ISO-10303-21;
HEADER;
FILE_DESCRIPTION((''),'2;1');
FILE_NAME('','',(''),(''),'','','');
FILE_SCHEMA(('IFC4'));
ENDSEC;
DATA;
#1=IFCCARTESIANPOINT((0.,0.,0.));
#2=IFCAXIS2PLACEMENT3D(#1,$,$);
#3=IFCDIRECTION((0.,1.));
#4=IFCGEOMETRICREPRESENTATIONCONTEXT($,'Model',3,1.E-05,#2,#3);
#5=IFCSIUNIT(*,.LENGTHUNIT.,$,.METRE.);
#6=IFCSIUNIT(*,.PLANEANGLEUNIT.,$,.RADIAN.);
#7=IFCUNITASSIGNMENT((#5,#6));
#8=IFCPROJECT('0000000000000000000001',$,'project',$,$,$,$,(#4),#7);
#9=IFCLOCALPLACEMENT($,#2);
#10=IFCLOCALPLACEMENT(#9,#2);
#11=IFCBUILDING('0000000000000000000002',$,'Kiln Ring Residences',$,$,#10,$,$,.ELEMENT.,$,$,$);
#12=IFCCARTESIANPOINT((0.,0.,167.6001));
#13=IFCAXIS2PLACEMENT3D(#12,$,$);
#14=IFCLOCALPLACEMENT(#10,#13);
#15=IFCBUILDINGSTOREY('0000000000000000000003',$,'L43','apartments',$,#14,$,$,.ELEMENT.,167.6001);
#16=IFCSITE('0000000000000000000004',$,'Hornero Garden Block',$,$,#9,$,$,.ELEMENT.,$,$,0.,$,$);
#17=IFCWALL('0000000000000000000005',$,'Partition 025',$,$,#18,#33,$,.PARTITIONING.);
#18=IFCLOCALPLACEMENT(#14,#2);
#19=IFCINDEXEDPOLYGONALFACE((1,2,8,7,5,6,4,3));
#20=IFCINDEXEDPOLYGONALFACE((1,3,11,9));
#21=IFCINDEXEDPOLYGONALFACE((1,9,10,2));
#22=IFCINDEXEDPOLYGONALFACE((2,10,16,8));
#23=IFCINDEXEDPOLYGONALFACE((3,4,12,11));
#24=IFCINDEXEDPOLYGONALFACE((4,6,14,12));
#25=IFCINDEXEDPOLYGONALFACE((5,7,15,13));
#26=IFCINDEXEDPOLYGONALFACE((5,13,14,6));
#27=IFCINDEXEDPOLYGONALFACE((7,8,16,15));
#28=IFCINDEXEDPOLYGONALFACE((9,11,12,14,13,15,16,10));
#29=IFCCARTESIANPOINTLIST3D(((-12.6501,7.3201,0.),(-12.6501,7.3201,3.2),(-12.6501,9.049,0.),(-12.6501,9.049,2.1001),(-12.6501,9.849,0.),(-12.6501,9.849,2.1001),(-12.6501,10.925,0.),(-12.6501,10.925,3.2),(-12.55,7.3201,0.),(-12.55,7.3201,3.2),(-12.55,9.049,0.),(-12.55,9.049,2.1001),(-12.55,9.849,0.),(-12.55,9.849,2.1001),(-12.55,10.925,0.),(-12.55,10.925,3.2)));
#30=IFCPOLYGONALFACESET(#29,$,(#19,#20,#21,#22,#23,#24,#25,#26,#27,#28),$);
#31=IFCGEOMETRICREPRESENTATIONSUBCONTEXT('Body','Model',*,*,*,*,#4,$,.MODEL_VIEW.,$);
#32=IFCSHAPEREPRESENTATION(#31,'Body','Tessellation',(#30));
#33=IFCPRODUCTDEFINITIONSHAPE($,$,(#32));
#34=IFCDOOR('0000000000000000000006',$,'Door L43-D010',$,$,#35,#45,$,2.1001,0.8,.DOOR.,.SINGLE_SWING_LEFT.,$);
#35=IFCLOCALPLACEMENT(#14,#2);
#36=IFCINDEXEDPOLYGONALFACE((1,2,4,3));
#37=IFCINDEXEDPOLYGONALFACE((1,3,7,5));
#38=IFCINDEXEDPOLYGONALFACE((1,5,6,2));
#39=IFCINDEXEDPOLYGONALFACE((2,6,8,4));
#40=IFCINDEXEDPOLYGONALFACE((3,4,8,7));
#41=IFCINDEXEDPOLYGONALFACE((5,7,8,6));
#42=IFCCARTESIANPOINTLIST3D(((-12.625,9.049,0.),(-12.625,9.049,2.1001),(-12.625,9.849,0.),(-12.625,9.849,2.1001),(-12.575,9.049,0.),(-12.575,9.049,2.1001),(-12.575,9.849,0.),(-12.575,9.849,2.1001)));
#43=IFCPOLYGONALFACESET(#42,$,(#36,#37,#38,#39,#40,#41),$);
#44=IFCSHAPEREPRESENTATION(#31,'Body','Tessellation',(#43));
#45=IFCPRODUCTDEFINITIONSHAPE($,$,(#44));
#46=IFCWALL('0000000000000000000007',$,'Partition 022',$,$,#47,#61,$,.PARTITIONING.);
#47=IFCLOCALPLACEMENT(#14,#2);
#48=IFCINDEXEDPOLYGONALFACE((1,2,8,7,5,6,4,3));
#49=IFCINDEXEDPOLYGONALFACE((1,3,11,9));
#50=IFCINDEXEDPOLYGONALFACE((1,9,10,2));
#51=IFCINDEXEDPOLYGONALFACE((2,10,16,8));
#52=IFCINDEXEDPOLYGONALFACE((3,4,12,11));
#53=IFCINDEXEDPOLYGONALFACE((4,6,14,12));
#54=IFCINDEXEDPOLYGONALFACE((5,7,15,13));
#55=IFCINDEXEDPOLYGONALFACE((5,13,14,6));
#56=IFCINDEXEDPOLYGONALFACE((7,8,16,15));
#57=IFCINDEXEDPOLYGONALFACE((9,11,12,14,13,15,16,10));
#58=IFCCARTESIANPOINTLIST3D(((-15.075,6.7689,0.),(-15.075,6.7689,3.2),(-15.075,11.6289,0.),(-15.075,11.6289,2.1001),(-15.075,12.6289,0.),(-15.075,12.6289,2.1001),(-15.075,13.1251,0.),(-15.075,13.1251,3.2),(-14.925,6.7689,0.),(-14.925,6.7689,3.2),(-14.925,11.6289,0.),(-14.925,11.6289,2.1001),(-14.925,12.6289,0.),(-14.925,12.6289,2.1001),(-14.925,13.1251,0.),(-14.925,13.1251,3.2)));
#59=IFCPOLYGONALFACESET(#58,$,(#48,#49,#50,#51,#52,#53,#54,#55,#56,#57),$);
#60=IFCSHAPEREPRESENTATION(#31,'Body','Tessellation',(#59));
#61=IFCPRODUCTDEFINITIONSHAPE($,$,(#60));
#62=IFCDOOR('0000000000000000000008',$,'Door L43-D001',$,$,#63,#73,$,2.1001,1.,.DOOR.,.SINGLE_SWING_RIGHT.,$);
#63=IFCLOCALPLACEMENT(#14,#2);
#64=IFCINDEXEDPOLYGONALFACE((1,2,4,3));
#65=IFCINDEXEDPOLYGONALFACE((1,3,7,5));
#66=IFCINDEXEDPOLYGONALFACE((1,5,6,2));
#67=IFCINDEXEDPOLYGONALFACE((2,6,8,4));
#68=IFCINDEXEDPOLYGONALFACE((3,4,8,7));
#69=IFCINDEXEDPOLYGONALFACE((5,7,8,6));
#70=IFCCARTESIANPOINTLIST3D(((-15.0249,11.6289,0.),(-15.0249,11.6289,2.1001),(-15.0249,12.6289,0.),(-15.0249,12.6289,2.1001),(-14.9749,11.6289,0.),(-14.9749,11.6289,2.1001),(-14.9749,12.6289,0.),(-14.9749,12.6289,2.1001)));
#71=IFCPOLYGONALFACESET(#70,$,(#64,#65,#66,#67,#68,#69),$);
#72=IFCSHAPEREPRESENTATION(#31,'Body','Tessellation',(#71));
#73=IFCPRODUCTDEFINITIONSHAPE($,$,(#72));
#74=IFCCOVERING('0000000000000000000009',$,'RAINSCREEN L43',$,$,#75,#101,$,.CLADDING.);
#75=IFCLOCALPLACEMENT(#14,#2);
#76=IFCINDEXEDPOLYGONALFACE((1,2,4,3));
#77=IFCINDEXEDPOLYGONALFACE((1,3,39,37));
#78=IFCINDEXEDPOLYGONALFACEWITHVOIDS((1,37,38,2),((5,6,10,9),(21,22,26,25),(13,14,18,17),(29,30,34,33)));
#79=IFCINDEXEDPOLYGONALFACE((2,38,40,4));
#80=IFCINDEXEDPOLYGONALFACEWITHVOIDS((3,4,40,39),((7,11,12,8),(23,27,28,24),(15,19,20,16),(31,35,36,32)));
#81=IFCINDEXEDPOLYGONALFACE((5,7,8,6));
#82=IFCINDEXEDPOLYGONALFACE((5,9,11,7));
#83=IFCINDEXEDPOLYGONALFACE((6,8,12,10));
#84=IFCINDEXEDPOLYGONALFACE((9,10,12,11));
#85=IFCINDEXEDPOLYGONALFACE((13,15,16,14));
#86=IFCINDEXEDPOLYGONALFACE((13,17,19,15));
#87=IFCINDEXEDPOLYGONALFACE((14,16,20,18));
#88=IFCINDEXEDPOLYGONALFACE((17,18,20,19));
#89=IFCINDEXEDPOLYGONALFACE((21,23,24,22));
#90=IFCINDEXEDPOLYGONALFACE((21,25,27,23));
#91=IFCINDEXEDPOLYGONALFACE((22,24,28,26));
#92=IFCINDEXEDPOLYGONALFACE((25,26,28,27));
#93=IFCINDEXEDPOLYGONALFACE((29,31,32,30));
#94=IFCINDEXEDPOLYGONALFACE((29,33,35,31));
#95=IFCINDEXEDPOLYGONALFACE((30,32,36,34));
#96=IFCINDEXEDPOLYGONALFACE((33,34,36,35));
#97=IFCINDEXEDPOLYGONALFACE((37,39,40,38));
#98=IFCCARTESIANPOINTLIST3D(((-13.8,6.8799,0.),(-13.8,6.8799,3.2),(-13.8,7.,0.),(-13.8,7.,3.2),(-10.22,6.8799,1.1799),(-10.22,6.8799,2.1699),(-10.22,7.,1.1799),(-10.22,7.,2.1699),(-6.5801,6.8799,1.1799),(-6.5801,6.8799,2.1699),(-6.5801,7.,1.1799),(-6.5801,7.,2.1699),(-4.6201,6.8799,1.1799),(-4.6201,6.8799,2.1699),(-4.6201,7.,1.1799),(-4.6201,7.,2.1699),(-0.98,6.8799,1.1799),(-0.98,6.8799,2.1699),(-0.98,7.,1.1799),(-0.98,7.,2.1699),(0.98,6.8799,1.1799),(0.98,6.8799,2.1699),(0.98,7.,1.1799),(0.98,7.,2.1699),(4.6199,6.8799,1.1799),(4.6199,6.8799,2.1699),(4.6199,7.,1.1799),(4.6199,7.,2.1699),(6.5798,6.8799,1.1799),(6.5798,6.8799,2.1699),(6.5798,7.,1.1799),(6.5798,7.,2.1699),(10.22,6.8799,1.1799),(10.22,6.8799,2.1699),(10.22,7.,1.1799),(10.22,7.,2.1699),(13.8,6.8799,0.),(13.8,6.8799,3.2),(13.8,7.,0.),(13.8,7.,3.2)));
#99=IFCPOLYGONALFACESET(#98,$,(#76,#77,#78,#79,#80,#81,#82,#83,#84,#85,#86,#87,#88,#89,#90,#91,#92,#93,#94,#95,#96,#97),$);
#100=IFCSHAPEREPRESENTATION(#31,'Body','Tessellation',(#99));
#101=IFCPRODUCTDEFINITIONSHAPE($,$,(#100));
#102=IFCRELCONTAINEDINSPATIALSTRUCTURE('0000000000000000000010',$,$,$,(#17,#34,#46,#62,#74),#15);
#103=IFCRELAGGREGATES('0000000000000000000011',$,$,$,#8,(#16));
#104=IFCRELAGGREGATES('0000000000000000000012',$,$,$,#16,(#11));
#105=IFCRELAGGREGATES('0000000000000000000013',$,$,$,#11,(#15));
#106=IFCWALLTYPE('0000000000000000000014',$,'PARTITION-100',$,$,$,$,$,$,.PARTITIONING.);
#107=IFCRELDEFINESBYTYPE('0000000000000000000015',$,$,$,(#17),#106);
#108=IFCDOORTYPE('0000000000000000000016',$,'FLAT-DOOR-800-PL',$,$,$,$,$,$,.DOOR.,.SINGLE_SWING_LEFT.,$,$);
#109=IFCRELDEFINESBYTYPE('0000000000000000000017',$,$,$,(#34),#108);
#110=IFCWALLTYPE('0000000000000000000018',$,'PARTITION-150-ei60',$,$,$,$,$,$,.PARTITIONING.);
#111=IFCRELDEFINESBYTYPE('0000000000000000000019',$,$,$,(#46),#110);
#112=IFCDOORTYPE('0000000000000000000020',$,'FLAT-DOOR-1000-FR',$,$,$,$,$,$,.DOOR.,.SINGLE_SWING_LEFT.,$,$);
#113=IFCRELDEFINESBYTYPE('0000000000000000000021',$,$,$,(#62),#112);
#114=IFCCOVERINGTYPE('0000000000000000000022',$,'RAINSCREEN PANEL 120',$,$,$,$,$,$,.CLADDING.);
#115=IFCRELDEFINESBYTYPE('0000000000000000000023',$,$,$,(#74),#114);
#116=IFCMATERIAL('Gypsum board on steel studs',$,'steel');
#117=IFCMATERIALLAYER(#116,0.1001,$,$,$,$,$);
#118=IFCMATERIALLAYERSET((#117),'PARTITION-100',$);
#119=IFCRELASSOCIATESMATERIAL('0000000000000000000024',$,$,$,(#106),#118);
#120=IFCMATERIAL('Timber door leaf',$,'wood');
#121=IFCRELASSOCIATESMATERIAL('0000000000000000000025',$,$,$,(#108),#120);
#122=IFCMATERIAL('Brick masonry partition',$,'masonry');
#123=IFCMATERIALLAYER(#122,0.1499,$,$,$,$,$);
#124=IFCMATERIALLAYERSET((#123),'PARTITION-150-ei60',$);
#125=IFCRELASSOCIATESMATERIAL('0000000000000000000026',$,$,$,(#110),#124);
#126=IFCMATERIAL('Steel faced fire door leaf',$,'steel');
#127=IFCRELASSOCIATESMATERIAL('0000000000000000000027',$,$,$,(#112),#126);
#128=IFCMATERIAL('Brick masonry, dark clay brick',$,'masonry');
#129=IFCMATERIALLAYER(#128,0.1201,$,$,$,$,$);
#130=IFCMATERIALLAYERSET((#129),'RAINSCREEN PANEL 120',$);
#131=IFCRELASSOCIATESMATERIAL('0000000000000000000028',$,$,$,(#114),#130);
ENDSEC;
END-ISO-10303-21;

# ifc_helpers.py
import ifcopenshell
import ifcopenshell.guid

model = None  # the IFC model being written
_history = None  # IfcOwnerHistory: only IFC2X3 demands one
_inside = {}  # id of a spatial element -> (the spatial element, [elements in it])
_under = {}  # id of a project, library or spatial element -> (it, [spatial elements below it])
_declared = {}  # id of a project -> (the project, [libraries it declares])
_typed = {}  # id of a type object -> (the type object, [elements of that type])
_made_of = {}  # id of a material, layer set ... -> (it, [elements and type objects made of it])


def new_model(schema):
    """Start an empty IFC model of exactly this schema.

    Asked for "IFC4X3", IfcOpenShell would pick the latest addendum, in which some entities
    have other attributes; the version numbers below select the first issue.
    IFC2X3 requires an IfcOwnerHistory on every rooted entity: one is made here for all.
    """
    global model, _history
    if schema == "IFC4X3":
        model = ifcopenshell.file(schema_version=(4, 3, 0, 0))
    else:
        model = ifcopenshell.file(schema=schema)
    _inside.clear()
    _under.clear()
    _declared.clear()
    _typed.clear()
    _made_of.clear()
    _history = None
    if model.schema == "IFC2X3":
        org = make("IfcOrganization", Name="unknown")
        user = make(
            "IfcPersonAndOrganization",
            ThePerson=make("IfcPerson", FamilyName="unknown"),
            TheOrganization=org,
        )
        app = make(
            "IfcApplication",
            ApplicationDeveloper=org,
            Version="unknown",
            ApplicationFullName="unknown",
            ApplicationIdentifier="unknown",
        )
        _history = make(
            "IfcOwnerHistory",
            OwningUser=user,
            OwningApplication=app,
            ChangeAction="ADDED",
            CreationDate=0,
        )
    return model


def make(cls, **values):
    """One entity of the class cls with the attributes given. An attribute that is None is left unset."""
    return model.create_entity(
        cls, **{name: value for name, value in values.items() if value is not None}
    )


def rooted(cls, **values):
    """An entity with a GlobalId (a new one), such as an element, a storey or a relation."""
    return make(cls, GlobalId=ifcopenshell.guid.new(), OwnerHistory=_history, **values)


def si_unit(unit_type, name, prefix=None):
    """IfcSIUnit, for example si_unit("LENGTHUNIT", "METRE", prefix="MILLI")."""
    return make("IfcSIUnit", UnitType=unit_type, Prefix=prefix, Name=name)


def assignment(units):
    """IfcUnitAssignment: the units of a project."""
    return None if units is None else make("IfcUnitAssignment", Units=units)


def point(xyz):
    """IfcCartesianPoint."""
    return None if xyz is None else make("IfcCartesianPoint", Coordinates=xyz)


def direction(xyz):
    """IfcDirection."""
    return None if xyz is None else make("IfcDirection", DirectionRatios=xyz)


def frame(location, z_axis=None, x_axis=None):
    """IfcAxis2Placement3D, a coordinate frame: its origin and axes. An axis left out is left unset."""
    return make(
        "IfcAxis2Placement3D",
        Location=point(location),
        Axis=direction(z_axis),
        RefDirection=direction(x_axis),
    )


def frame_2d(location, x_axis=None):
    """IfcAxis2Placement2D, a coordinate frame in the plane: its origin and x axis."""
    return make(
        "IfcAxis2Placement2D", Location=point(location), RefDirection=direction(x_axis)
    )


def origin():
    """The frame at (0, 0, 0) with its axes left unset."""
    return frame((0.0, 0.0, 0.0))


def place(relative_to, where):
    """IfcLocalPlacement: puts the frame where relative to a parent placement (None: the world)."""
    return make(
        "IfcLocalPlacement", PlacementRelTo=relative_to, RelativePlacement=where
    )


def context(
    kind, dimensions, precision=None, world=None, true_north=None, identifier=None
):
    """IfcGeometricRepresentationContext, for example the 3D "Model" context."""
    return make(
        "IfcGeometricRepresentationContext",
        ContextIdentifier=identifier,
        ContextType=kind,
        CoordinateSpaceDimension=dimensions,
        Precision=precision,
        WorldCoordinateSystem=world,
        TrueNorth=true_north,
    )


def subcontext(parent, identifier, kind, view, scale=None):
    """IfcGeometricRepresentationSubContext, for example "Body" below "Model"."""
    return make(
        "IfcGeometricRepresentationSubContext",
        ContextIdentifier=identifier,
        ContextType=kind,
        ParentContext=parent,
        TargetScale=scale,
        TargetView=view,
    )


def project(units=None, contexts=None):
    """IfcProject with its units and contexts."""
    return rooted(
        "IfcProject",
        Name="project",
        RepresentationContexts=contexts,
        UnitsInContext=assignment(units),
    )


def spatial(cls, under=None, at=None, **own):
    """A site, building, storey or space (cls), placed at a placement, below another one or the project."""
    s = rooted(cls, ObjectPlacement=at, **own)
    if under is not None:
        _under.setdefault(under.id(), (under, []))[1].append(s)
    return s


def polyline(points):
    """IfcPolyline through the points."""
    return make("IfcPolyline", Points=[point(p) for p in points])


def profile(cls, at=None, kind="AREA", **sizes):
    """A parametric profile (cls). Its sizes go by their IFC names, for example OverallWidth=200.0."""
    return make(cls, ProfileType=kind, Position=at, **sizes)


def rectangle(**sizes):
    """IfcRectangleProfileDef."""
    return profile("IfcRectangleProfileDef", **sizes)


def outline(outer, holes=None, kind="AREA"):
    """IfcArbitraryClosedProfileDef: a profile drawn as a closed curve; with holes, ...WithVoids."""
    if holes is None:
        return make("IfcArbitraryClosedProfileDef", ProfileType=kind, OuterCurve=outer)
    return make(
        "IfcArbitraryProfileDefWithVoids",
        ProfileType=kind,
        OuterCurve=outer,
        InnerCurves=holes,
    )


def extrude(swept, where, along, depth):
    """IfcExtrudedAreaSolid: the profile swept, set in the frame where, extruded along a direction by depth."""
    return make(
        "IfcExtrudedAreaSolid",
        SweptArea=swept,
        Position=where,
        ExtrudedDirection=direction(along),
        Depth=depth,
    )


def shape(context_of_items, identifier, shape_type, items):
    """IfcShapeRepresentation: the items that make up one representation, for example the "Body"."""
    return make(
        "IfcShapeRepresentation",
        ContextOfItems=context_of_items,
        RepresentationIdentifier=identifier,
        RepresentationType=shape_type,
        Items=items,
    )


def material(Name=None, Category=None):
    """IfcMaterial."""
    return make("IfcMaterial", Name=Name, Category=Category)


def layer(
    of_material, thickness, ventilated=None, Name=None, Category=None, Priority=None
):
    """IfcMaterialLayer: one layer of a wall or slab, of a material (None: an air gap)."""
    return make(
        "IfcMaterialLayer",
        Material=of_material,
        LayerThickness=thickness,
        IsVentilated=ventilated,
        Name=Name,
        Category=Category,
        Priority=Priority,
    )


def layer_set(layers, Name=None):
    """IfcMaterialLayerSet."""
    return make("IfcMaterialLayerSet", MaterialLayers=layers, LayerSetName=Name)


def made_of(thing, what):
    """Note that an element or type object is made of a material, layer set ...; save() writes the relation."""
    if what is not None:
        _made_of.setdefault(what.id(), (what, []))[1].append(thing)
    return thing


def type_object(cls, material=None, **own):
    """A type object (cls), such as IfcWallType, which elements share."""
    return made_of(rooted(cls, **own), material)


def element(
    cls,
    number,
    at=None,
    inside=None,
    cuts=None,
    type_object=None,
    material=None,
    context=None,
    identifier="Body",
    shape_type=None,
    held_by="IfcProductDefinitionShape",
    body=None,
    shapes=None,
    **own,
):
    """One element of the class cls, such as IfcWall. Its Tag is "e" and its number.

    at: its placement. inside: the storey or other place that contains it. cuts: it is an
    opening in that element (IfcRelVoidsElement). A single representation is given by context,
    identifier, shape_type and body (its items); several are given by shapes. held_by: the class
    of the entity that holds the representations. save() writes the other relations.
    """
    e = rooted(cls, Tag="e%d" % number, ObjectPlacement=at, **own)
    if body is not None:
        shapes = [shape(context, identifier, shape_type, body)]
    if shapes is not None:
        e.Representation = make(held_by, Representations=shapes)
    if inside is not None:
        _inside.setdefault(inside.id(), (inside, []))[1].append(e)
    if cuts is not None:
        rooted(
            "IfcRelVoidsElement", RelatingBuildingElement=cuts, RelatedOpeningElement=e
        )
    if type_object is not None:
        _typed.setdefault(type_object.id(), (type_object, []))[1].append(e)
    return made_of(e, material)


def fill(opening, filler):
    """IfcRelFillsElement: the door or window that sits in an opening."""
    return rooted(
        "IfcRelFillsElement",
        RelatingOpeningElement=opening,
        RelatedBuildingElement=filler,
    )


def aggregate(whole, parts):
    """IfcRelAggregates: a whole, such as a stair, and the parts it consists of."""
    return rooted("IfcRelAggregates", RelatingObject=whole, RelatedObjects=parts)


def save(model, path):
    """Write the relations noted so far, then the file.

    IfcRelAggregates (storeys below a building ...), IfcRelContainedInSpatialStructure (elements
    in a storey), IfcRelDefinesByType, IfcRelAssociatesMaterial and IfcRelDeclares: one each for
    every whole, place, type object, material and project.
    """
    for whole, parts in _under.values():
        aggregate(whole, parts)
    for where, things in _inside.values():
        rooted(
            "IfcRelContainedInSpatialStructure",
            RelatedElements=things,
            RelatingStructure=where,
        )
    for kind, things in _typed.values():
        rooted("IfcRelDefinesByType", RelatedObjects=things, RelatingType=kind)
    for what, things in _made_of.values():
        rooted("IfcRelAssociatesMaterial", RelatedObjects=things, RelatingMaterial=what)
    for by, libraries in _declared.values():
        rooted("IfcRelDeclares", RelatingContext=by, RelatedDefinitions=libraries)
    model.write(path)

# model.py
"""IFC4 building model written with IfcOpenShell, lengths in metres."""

from ifc_helpers import new_model, si_unit, direction, frame, frame_2d, origin, place, context, subcontext, project, spatial, polyline, rectangle, outline, extrude, material, layer, layer_set, type_object, element, fill, save


model = new_model("IFC4")

# Units and contexts
model_context = context("Model", 3, precision=1e-05, world=origin(), true_north=direction((0.0, 1.0)))
body_context = subcontext(model_context, "Body", "Model", "MODEL_VIEW")
ifc_project = project(units=[si_unit("LENGTHUNIT", "METRE"), si_unit("PLANEANGLEUNIT", "RADIAN")], contexts=[model_context])

# Site, building, storey
site_placement = place(None, origin())
site = spatial("IfcSite", under=ifc_project, at=site_placement, Name="Hornero Garden Block", CompositionType="ELEMENT", RefElevation=0.0)
building_placement = place(site_placement, origin())
building = spatial("IfcBuilding", under=site, at=building_placement, Name="Kiln Ring Residences", CompositionType="ELEMENT")
storey_placement = place(building_placement, frame((0.0, 0.0, 167.6001)))
storey = spatial("IfcBuildingStorey", under=building, at=storey_placement, Name="L43", Description="apartments", CompositionType="ELEMENT", Elevation=167.6001)

# Walls, openings, doors
ifc_material_1 = material(Name="Gypsum board on steel studs", Category="steel")
ifc_layer_1 = layer(ifc_material_1, 0.1001)
ifc_layer_set_1 = layer_set([ifc_layer_1], Name="PARTITION-100")
wall_type_1 = type_object("IfcWallType", Name="PARTITION-100", PredefinedType="PARTITIONING", material=ifc_layer_set_1)
wall_1_placement = place(storey_placement, frame((-12.6001, 7.3201, 0.0), z_axis=(0.0, 0.0, 1.0), x_axis=(0.0, 1.0, 0.0)))
wall_1 = element("IfcWall", 1, at=wall_1_placement, inside=storey, type_object=wall_type_1, Name="Partition 025", PredefinedType="PARTITIONING", context=body_context, shape_type="SweptSolid", body=[
    extrude(rectangle(XDim=3.605, YDim=0.1001, at=frame_2d((1.8025, 0.0))), origin(), (0.0, 0.0, 1.0), 3.2),
])
opening_1_placement = place(wall_1_placement, frame((1.729, 0.0, 0.0)))
opening_1 = element("IfcOpeningElement", 2, at=opening_1_placement, cuts=wall_1, PredefinedType="OPENING", context=body_context, shape_type="SweptSolid", body=[
    extrude(rectangle(XDim=0.8, YDim=2.1001, at=frame_2d((0.3999, 1.05))), frame((0.0, 0.0601, 0.0), z_axis=(0.0, -1.0, 0.0), x_axis=(1.0, 0.0, 0.0)), (0.0, 0.0, 1.0), 0.1201),
])
ifc_material_2 = material(Name="Timber door leaf", Category="wood")
door_type_1 = type_object("IfcDoorType", Name="FLAT-DOOR-800-PL", OperationType="SINGLE_SWING_LEFT", PredefinedType="DOOR", material=ifc_material_2)
door_1_placement = place(opening_1_placement, origin())
door_1 = element("IfcDoor", 3, at=door_1_placement, inside=storey, type_object=door_type_1, Name="Door L43-D010", OperationType="SINGLE_SWING_LEFT", OverallHeight=2.1001, OverallWidth=0.8, PredefinedType="DOOR", context=body_context, shape_type="SweptSolid", body=[
    extrude(rectangle(XDim=0.8, YDim=2.1001, at=frame_2d((0.3999, 1.05))), frame((0.0, 0.0249, 0.0), z_axis=(0.0, -1.0, 0.0), x_axis=(1.0, 0.0, 0.0)), (0.0, 0.0, 1.0), 0.05),
])
fill(opening_1, door_1)
ifc_material_3 = material(Name="Brick masonry partition", Category="masonry")
ifc_layer_2 = layer(ifc_material_3, 0.1499)
ifc_layer_set_2 = layer_set([ifc_layer_2], Name="PARTITION-150-ei60")
wall_type_2 = type_object("IfcWallType", Name="PARTITION-150-ei60", PredefinedType="PARTITIONING", material=ifc_layer_set_2)
wall_2_placement = place(storey_placement, frame((-15.0, 6.7688, 0.0), z_axis=(0.0, 0.0, 1.0), x_axis=(0.0, 1.0, 0.0)))
wall_2 = element("IfcWall", 4, at=wall_2_placement, inside=storey, type_object=wall_type_2, Name="Partition 022", PredefinedType="PARTITIONING", context=body_context, shape_type="SweptSolid", body=[
    extrude(rectangle(XDim=6.3562, YDim=0.1499, at=frame_2d((3.1782, 0.0))), origin(), (0.0, 0.0, 1.0), 3.2),
])
opening_2_placement = place(wall_2_placement, frame((4.8601, 0.0, 0.0)))
opening_2 = element("IfcOpeningElement", 5, at=opening_2_placement, cuts=wall_2, PredefinedType="OPENING", context=body_context, shape_type="SweptSolid", body=[
    extrude(rectangle(XDim=1.0, YDim=2.1001, at=frame_2d((0.5, 1.05))), frame((0.0, 0.085, 0.0), z_axis=(0.0, -1.0, 0.0), x_axis=(1.0, 0.0, 0.0)), (0.0, 0.0, 1.0), 0.1699),
])
ifc_material_4 = material(Name="Steel faced fire door leaf", Category="steel")
door_type_2 = type_object("IfcDoorType", Name="FLAT-DOOR-1000-FR", OperationType="SINGLE_SWING_LEFT", PredefinedType="DOOR", material=ifc_material_4)
door_2_placement = place(opening_2_placement, origin())
door_2 = element("IfcDoor", 6, at=door_2_placement, inside=storey, type_object=door_type_2, Name="Door L43-D001", OperationType="SINGLE_SWING_RIGHT", OverallHeight=2.1001, OverallWidth=1.0, PredefinedType="DOOR", context=body_context, shape_type="SweptSolid", body=[
    extrude(rectangle(XDim=1.0, YDim=2.1001, at=frame_2d((0.5, 1.05))), frame((0.0, 0.0249, 0.0), z_axis=(0.0, -1.0, 0.0), x_axis=(1.0, 0.0, 0.0)), (0.0, 0.0, 1.0), 0.05),
])
fill(opening_2, door_2)

# Covering
ifc_material_5 = material(Name="Brick masonry, dark clay brick", Category="masonry")
ifc_layer_3 = layer(ifc_material_5, 0.1201)
ifc_layer_set_3 = layer_set([ifc_layer_3], Name="RAINSCREEN PANEL 120")
covering_type = type_object("IfcCoveringType", Name="RAINSCREEN PANEL 120", PredefinedType="CLADDING", material=ifc_layer_set_3)
covering_placement = place(storey_placement, frame((-13.8, 6.9399, 0.0), z_axis=(0.0, 0.0, 1.0), x_axis=(1.0, 0.0, 0.0)))
element("IfcCovering", 7, at=covering_placement, inside=storey, type_object=covering_type, Name="RAINSCREEN L43", PredefinedType="CLADDING", context=body_context, shape_type="SweptSolid", body=[
    extrude(outline(polyline([(0.0, 0.0), (27.6001, 0.0), (27.6001, 3.2), (0.0, 3.2), (0.0, 0.0)]), holes=[polyline([(7.22, 1.1799), (7.22, 2.1699), (3.5801, 2.1699), (3.5801, 1.1799), (7.22, 1.1799)]), polyline([(12.8201, 1.1799), (12.8201, 2.1699), (9.1799, 2.1699), (9.1799, 1.1799), (12.8201, 1.1799)]), polyline([(18.4199, 1.1799), (18.4199, 2.1699), (14.78, 2.1699), (14.78, 1.1799), (18.4199, 1.1799)]), polyline([(24.02, 1.1799), (24.02, 2.1699), (20.3799, 2.1699), (20.3799, 1.1799), (24.02, 1.1799)])]), frame((0.0, 0.0601, 0.0), z_axis=(0.0, -1.0, 0.0), x_axis=(1.0, 0.0, 0.0)), (0.0, 0.0, 1.0), 0.1201),
])

save(model, "model.ifc")
